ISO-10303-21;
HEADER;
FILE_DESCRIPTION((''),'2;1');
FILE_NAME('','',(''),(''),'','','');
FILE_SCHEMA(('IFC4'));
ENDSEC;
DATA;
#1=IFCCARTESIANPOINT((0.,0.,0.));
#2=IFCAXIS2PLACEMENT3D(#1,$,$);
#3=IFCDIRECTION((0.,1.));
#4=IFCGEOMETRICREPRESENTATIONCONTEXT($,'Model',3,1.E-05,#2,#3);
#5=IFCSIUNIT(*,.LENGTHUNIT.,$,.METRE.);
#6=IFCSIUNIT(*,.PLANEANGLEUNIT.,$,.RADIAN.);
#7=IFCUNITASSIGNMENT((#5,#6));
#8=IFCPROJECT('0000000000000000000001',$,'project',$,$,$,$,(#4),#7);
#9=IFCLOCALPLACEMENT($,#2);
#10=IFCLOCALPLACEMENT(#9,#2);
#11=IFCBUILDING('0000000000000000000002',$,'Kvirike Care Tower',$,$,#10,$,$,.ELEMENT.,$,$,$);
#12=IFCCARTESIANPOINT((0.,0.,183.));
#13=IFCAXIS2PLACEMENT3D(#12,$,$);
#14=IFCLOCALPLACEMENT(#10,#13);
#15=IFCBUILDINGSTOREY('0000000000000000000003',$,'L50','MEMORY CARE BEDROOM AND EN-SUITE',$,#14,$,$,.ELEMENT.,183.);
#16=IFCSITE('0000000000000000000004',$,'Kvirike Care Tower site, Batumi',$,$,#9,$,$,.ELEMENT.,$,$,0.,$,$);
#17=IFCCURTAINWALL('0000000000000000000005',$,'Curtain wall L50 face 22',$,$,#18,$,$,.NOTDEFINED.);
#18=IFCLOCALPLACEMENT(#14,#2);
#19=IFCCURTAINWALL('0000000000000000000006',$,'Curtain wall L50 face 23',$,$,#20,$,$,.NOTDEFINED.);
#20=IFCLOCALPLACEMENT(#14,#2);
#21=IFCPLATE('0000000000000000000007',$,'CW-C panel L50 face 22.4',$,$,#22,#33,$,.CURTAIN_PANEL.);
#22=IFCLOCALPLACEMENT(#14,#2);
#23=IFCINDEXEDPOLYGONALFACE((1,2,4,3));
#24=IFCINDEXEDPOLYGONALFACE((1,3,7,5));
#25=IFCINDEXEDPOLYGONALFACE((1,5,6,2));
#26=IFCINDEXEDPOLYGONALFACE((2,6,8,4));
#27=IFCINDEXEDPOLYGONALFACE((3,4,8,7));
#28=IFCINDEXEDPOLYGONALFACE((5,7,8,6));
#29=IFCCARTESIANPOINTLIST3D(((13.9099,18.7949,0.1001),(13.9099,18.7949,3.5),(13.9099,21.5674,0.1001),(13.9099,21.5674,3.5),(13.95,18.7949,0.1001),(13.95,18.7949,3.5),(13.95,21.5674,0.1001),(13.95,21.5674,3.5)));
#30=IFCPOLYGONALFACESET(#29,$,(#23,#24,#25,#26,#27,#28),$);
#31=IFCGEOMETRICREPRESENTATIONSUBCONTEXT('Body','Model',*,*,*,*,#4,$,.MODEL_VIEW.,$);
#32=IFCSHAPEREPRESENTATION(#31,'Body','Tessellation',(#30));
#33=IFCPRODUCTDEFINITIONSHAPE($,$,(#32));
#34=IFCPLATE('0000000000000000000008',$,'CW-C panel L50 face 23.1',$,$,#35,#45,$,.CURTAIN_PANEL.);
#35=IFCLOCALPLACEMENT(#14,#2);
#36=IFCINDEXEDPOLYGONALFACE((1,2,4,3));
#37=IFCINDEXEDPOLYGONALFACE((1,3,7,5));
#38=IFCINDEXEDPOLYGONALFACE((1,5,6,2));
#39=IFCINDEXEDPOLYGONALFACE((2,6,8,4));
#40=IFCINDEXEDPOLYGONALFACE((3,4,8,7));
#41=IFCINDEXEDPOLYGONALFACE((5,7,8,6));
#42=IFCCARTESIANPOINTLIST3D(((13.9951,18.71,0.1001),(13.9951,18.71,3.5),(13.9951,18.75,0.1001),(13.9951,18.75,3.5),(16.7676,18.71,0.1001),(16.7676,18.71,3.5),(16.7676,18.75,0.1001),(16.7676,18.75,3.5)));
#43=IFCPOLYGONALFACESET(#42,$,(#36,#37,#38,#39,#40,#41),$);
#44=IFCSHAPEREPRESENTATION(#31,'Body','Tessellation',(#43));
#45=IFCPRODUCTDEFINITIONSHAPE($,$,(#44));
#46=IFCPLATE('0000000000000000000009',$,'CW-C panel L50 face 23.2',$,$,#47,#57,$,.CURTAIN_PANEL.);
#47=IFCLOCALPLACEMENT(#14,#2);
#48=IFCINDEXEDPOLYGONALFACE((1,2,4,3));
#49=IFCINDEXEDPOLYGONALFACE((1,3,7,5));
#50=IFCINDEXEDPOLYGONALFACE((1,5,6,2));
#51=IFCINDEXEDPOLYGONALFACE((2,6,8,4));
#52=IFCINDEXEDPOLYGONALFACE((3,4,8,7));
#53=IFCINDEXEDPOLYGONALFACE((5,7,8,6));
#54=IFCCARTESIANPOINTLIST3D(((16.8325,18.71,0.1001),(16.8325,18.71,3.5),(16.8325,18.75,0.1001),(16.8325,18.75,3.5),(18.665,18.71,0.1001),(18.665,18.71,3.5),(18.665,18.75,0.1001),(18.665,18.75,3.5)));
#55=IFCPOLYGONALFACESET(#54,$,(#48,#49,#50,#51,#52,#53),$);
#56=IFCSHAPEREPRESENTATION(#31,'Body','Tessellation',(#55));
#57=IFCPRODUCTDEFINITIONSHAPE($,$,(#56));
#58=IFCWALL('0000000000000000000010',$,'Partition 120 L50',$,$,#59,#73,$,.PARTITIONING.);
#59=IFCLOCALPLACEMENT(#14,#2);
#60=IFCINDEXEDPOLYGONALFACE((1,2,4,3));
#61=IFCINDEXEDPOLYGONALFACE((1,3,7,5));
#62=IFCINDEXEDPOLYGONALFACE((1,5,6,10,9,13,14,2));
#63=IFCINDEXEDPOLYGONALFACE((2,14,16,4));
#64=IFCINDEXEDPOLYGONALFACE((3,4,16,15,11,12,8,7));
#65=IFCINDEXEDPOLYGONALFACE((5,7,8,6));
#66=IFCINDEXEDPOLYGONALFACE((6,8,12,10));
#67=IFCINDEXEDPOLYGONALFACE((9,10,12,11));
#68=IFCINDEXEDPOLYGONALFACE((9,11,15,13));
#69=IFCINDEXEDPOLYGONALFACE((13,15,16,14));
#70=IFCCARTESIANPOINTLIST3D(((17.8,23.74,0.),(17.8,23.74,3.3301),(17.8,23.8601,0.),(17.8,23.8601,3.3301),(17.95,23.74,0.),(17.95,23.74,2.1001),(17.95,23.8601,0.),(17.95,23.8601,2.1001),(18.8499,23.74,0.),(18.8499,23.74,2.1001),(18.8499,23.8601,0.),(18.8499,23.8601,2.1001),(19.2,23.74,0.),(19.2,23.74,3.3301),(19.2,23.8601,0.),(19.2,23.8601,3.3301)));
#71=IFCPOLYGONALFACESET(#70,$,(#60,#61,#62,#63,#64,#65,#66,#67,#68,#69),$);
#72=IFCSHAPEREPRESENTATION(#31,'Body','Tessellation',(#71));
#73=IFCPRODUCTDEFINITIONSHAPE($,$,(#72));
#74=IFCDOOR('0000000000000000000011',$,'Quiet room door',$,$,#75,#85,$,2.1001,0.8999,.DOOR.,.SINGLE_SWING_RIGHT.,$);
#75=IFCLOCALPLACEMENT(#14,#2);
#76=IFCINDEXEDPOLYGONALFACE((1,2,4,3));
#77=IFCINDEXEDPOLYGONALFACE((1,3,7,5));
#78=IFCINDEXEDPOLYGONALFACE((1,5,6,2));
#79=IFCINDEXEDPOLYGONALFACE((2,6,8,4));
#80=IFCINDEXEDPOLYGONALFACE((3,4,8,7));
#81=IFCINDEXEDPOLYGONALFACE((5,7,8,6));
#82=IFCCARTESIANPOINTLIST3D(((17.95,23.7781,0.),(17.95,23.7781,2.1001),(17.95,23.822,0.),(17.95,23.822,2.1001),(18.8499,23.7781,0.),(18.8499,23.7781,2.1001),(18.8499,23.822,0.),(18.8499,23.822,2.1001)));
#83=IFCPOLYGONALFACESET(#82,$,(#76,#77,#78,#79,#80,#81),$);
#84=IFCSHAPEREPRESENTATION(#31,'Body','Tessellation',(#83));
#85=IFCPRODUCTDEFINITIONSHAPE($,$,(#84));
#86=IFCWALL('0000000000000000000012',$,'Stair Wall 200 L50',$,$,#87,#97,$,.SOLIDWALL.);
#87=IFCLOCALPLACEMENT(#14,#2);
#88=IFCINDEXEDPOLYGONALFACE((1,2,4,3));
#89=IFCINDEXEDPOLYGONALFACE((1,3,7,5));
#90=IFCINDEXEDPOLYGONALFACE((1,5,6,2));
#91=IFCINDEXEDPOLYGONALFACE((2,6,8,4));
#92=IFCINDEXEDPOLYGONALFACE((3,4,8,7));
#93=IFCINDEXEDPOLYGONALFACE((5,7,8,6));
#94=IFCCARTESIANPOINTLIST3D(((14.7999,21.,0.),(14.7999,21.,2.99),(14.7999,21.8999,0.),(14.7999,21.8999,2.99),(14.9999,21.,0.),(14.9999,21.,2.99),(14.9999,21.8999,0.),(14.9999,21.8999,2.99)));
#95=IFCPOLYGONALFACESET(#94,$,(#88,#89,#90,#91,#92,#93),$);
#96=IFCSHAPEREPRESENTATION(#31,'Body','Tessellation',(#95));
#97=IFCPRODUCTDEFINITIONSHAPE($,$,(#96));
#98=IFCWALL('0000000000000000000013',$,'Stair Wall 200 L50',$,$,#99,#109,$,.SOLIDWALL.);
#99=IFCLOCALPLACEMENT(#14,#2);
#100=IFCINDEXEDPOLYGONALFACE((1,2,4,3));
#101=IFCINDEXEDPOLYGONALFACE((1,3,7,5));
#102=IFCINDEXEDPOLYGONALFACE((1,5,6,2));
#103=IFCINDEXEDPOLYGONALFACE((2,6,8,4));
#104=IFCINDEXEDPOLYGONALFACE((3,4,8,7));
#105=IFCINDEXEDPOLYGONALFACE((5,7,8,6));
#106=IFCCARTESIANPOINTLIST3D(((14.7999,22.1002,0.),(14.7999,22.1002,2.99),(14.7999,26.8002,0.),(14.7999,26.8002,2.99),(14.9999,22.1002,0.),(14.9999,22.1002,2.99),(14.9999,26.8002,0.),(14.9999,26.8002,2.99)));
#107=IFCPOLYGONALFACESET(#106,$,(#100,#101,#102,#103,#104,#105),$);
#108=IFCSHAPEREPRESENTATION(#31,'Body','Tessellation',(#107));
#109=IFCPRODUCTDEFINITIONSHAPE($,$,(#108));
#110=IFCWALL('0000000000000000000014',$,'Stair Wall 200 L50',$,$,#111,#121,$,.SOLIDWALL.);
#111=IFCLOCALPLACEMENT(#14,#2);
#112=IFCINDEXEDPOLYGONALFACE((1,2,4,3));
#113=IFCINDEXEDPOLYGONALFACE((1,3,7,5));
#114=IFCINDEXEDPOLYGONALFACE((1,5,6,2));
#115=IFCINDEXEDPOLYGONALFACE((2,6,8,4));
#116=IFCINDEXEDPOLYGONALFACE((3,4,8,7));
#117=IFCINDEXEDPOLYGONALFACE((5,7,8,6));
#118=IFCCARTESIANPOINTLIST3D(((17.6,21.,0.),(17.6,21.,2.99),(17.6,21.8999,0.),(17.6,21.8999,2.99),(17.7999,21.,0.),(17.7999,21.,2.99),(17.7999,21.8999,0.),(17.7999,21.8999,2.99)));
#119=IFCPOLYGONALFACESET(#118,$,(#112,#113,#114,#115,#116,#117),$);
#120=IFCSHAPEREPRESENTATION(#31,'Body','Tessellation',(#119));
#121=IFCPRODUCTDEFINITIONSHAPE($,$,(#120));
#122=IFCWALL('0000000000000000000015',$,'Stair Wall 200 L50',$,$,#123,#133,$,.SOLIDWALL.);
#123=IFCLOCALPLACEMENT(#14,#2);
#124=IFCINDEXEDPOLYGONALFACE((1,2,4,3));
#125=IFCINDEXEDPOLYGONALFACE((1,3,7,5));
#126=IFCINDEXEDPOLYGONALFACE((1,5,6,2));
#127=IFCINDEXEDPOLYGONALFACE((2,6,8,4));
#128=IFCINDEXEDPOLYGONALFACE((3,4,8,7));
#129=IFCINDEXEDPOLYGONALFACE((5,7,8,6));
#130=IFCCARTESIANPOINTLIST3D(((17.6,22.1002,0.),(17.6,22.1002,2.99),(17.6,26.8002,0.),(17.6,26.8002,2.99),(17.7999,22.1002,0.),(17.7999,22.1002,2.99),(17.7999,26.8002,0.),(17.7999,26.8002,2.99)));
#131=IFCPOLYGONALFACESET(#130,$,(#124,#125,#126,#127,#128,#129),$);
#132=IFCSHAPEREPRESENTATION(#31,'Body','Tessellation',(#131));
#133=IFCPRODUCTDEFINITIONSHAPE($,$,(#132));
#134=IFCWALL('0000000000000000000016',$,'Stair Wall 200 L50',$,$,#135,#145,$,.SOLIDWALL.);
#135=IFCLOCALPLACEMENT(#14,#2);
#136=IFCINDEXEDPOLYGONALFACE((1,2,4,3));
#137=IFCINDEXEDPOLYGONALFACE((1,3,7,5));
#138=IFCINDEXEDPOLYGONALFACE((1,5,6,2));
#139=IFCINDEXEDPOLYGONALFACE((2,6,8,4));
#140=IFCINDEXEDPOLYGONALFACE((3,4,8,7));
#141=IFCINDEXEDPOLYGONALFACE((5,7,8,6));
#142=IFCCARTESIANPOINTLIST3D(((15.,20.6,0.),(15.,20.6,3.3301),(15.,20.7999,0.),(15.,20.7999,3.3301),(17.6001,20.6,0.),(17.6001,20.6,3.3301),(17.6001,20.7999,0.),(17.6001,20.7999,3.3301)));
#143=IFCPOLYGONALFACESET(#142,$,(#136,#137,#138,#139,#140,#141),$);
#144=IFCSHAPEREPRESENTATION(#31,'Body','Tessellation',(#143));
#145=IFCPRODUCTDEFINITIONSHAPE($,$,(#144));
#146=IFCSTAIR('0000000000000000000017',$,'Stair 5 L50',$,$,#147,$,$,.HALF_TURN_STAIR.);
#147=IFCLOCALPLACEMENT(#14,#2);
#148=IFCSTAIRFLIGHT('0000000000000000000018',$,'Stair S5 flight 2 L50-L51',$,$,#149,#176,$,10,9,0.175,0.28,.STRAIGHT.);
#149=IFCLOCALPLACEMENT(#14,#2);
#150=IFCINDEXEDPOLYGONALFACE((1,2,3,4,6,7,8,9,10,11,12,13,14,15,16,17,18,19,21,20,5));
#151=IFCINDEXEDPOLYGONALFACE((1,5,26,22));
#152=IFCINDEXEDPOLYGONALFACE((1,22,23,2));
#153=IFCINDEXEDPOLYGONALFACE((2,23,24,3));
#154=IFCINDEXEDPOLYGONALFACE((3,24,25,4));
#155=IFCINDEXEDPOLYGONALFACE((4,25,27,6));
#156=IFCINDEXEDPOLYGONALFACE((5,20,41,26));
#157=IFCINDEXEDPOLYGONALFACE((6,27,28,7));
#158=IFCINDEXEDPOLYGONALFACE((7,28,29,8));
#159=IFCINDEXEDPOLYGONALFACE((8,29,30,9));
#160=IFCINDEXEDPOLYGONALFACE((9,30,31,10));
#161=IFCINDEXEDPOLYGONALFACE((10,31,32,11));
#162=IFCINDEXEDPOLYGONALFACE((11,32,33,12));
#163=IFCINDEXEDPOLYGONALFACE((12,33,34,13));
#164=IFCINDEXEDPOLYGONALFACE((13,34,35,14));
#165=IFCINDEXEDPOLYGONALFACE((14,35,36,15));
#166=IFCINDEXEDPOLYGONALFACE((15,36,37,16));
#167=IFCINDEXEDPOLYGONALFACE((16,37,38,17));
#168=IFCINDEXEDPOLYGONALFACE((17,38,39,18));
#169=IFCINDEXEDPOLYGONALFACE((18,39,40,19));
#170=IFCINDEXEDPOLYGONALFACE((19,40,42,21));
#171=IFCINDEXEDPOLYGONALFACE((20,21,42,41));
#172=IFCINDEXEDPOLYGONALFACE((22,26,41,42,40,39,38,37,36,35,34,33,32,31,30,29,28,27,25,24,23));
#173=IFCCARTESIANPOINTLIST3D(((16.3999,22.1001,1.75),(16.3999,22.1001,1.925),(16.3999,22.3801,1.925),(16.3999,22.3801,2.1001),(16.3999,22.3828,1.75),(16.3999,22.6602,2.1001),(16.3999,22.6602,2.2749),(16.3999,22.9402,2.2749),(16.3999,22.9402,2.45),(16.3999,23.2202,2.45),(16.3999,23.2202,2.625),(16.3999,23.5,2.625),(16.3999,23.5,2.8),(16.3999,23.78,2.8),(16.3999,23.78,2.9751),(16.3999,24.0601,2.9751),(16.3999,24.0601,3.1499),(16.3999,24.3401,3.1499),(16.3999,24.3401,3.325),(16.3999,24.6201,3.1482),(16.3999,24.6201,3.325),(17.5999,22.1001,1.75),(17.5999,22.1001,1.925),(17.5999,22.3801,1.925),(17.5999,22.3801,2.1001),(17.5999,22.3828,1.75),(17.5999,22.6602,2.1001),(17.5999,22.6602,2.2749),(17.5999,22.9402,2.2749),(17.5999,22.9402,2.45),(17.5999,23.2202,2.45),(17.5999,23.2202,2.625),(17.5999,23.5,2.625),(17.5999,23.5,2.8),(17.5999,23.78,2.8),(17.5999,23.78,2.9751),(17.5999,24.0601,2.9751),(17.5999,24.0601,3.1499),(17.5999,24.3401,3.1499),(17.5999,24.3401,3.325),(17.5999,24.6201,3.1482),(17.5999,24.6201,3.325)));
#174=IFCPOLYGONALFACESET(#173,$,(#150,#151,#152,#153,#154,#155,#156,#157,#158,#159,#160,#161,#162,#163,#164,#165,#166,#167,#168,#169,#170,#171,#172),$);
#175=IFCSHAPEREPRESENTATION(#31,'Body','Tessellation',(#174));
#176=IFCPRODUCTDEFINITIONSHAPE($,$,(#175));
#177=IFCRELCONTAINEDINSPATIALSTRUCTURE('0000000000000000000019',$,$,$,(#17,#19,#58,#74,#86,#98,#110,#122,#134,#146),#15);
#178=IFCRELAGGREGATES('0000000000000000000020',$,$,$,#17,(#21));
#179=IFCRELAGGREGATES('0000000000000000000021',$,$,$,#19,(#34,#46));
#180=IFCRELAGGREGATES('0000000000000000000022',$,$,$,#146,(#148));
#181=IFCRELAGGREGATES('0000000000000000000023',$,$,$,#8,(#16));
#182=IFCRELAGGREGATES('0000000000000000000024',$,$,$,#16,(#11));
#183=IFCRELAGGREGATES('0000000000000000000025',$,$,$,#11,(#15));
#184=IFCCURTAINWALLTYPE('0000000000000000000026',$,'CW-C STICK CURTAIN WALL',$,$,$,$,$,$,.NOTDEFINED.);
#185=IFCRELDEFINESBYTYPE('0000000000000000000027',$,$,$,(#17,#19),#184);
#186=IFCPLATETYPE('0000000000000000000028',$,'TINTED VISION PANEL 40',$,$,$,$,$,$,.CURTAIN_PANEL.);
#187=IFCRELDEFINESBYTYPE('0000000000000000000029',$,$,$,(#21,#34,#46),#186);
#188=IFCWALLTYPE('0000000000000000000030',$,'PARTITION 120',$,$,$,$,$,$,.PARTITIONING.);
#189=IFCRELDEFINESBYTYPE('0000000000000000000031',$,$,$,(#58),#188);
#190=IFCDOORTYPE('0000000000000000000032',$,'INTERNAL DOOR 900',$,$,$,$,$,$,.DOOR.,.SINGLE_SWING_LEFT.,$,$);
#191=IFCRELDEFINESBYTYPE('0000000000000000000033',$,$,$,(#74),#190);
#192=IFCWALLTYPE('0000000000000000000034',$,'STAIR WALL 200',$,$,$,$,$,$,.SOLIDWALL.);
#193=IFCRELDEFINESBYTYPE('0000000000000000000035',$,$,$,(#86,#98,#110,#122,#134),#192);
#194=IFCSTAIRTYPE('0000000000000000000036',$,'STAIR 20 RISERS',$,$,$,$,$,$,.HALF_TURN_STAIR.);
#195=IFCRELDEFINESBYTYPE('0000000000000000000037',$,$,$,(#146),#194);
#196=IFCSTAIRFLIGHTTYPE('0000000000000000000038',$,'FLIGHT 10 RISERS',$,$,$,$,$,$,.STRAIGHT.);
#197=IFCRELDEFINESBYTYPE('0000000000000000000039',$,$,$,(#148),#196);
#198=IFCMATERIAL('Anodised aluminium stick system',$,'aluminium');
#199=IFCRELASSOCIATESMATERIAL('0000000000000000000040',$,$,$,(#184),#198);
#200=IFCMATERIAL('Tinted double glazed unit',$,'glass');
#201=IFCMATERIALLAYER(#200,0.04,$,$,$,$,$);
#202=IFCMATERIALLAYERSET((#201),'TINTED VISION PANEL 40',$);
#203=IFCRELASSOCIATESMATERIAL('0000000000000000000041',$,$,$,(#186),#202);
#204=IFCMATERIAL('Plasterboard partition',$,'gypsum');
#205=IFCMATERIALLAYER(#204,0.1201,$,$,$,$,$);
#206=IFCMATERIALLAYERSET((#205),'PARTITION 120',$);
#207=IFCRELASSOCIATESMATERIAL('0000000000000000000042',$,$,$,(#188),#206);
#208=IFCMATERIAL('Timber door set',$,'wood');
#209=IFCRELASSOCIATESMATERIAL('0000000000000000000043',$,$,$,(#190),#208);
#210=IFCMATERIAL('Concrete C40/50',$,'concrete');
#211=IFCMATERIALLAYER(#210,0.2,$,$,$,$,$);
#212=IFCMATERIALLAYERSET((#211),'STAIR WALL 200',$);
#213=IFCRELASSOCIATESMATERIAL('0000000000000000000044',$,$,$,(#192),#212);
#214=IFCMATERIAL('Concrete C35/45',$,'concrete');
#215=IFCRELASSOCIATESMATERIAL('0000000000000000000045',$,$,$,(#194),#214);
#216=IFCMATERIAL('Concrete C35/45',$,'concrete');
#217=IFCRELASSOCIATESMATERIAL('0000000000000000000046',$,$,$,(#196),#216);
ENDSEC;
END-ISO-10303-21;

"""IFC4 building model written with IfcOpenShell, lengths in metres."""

from ifc_helpers import new_model, si_unit, direction, frame, frame_2d, origin, origin_2d, place, context, subcontext, project, spatial, polyline, rectangle, outline, extrude, material, layer, layer_set, type_object, element, fill, aggregate, save


model = new_model("IFC4")

# Units and contexts
model_context = context("Model", 3, precision=1e-05, world=origin(), true_north=direction((0.0, 1.0)))
body_context = subcontext(model_context, "Body", "Model", "MODEL_VIEW")
ifc_project = project(units=[si_unit("LENGTHUNIT", "METRE"), si_unit("PLANEANGLEUNIT", "RADIAN")], contexts=[model_context])

# Site, building, storey
site_placement = place(None, origin())
site = spatial("IfcSite", under=ifc_project, at=site_placement, Name="Kvirike Care Tower site, Batumi", CompositionType="ELEMENT", RefElevation=0.0)
building_placement = place(site_placement, origin())
building = spatial("IfcBuilding", under=site, at=building_placement, Name="Kvirike Care Tower", CompositionType="ELEMENT")
storey_placement = place(building_placement, frame((0.0, 0.0, 183.0)))
storey = spatial("IfcBuildingStorey", under=building, at=storey_placement, Name="L50", Description="MEMORY CARE BEDROOM AND EN-SUITE", CompositionType="ELEMENT", Elevation=183.0)

# Curtain walls
ifc_material_1 = material(Name="Anodised aluminium stick system", Category="aluminium")
curtain_wall_type = type_object("IfcCurtainWallType", Name="CW-C STICK CURTAIN WALL", PredefinedType="NOTDEFINED", material=ifc_material_1)
curtain_wall_1_placement = place(storey_placement, origin())
curtain_wall_1 = element("IfcCurtainWall", 1, at=curtain_wall_1_placement, inside=storey, type_object=curtain_wall_type, Name="Curtain wall L50 face 22", PredefinedType="NOTDEFINED")
curtain_wall_2_placement = place(storey_placement, origin())
curtain_wall_2 = element("IfcCurtainWall", 2, at=curtain_wall_2_placement, inside=storey, type_object=curtain_wall_type, Name="Curtain wall L50 face 23", PredefinedType="NOTDEFINED")

# Plates
ifc_material_2 = material(Name="Tinted double glazed unit", Category="glass")
ifc_layer_1 = layer(ifc_material_2, 0.04)
ifc_layer_set_1 = layer_set([ifc_layer_1], Name="TINTED VISION PANEL 40")
plate_type = type_object("IfcPlateType", Name="TINTED VISION PANEL 40", PredefinedType="CURTAIN_PANEL", material=ifc_layer_set_1)
plate_1_placement = place(storey_placement, frame((13.9299, 20.1812, 0.1001), z_axis=(0.0, 0.0, 1.0), x_axis=(0.0, -1.0, 0.0)))
plate_1 = element("IfcPlate", 3, at=plate_1_placement, type_object=plate_type, Name="CW-C panel L50 face 22.4", PredefinedType="CURTAIN_PANEL", context=body_context, shape_type="SweptSolid", body=[
    extrude(rectangle(XDim=2.7725, YDim=0.04, at=origin_2d()), origin(), (0.0, 0.0, 1.0), 3.3999),
])
aggregate(curtain_wall_1, [plate_1])
plate_2_placement = place(storey_placement, frame((15.3813, 18.73, 0.1001), z_axis=(0.0, 0.0, 1.0), x_axis=(1.0, 0.0, 0.0)))
plate_2 = element("IfcPlate", 4, at=plate_2_placement, type_object=plate_type, Name="CW-C panel L50 face 23.1", PredefinedType="CURTAIN_PANEL", context=body_context, shape_type="SweptSolid", body=[
    extrude(rectangle(XDim=2.7725, YDim=0.04, at=origin_2d()), origin(), (0.0, 0.0, 1.0), 3.3999),
])
plate_3_placement = place(storey_placement, frame((17.7488, 18.73, 0.1001), z_axis=(0.0, 0.0, 1.0), x_axis=(1.0, 0.0, 0.0)))
plate_3 = element("IfcPlate", 5, at=plate_3_placement, type_object=plate_type, Name="CW-C panel L50 face 23.2", PredefinedType="CURTAIN_PANEL", context=body_context, shape_type="SweptSolid", body=[
    extrude(rectangle(XDim=1.8325, YDim=0.04, at=origin_2d()), origin(), (0.0, 0.0, 1.0), 3.3999),
])
aggregate(curtain_wall_2, [plate_2, plate_3])

# Wall, opening, door
ifc_material_3 = material(Name="Plasterboard partition", Category="gypsum")
ifc_layer_2 = layer(ifc_material_3, 0.1201)
ifc_layer_set_2 = layer_set([ifc_layer_2], Name="PARTITION 120")
wall_type_1 = type_object("IfcWallType", Name="PARTITION 120", PredefinedType="PARTITIONING", material=ifc_layer_set_2)
wall_1_placement = place(storey_placement, frame((17.8, 23.8, 0.0), z_axis=(0.0, 0.0, 1.0), x_axis=(1.0, 0.0, 0.0)))
wall_1 = element("IfcWall", 6, at=wall_1_placement, inside=storey, type_object=wall_type_1, Name="Partition 120 L50", PredefinedType="PARTITIONING", context=body_context, shape_type="SweptSolid", body=[
    extrude(rectangle(XDim=1.3999, YDim=0.1201, at=frame_2d((0.7, 0.0))), origin(), (0.0, 0.0, 1.0), 3.3301),
])
opening_placement = place(wall_1_placement, frame((0.1499, 0.0, 0.0)))
opening = element("IfcOpeningElement", 7, at=opening_placement, cuts=wall_1, PredefinedType="OPENING", context=body_context, shape_type="SweptSolid", body=[
    extrude(rectangle(XDim=0.8999, YDim=2.1001, at=frame_2d((0.45, 1.05))), frame((0.0, 0.0706, 0.0), z_axis=(0.0, -1.0, 0.0), x_axis=(1.0, 0.0, 0.0)), (0.0, 0.0, 1.0), 0.1411),
])
ifc_material_4 = material(Name="Timber door set", Category="wood")
door_type = type_object("IfcDoorType", Name="INTERNAL DOOR 900", OperationType="SINGLE_SWING_LEFT", PredefinedType="DOOR", material=ifc_material_4)
door_placement = place(opening_placement, origin())
door = element("IfcDoor", 8, at=door_placement, inside=storey, type_object=door_type, Name="Quiet room door", OperationType="SINGLE_SWING_RIGHT", OverallHeight=2.1001, OverallWidth=0.8999, PredefinedType="DOOR", context=body_context, shape_type="SweptSolid", body=[
    extrude(rectangle(XDim=0.8999, YDim=2.1001, at=frame_2d((0.45, 1.05))), frame((0.0, 0.022, 0.0), z_axis=(0.0, -1.0, 0.0), x_axis=(1.0, 0.0, 0.0)), (0.0, 0.0, 1.0), 0.0439),
])
fill(opening, door)

# Walls
ifc_material_5 = material(Name="Concrete C40/50", Category="concrete")
ifc_layer_3 = layer(ifc_material_5, 0.2)
ifc_layer_set_3 = layer_set([ifc_layer_3], Name="STAIR WALL 200")
wall_type_2 = type_object("IfcWallType", Name="STAIR WALL 200", PredefinedType="SOLIDWALL", material=ifc_layer_set_3)
wall_2_placement = place(storey_placement, frame((14.8999, 21.0, 0.0), z_axis=(0.0, 0.0, 1.0), x_axis=(0.0, 1.0, 0.0)))
element("IfcWall", 9, at=wall_2_placement, inside=storey, type_object=wall_type_2, Name="Stair Wall 200 L50", PredefinedType="SOLIDWALL", context=body_context, shape_type="SweptSolid", body=[
    extrude(rectangle(XDim=0.8999, YDim=0.2, at=frame_2d((0.45, 0.0))), origin(), (0.0, 0.0, 1.0), 2.99),
])
wall_3_placement = place(storey_placement, frame((14.8999, 22.1001, 0.0), z_axis=(0.0, 0.0, 1.0), x_axis=(0.0, 1.0, 0.0)))
element("IfcWall", 10, at=wall_3_placement, inside=storey, type_object=wall_type_2, Name="Stair Wall 200 L50", PredefinedType="SOLIDWALL", context=body_context, shape_type="SweptSolid", body=[
    extrude(rectangle(XDim=4.7, YDim=0.2, at=frame_2d((2.3501, 0.0))), origin(), (0.0, 0.0, 1.0), 2.99),
])
wall_4_placement = place(storey_placement, frame((17.7, 21.0, 0.0), z_axis=(0.0, 0.0, 1.0), x_axis=(0.0, 1.0, 0.0)))
element("IfcWall", 11, at=wall_4_placement, inside=storey, type_object=wall_type_2, Name="Stair Wall 200 L50", PredefinedType="SOLIDWALL", context=body_context, shape_type="SweptSolid", body=[
    extrude(rectangle(XDim=0.8999, YDim=0.2, at=frame_2d((0.45, 0.0))), origin(), (0.0, 0.0, 1.0), 2.99),
])
wall_5_placement = place(storey_placement, frame((17.7, 22.1001, 0.0), z_axis=(0.0, 0.0, 1.0), x_axis=(0.0, 1.0, 0.0)))
element("IfcWall", 12, at=wall_5_placement, inside=storey, type_object=wall_type_2, Name="Stair Wall 200 L50", PredefinedType="SOLIDWALL", context=body_context, shape_type="SweptSolid", body=[
    extrude(rectangle(XDim=4.7, YDim=0.2, at=frame_2d((2.3501, 0.0))), origin(), (0.0, 0.0, 1.0), 2.99),
])
wall_6_placement = place(storey_placement, frame((15.0, 20.7, 0.0), z_axis=(0.0, 0.0, 1.0), x_axis=(1.0, 0.0, 0.0)))
element("IfcWall", 13, at=wall_6_placement, inside=storey, type_object=wall_type_2, Name="Stair Wall 200 L50", PredefinedType="SOLIDWALL", context=body_context, shape_type="SweptSolid", body=[
    extrude(rectangle(XDim=2.6001, YDim=0.2, at=frame_2d((1.3, 0.0))), origin(), (0.0, 0.0, 1.0), 3.3301),
])

# Stair, stair flight
ifc_material_6 = material(Name="Concrete C35/45", Category="concrete")
stair_type = type_object("IfcStairType", Name="STAIR 20 RISERS", PredefinedType="HALF_TURN_STAIR", material=ifc_material_6)
stair_placement = place(storey_placement, origin())
stair = element("IfcStair", 14, at=stair_placement, inside=storey, type_object=stair_type, Name="Stair 5 L50", PredefinedType="HALF_TURN_STAIR")
ifc_material_7 = material(Name="Concrete C35/45", Category="concrete")
stair_flight_type = type_object("IfcStairFlightType", Name="FLIGHT 10 RISERS", PredefinedType="STRAIGHT", material=ifc_material_7)
stair_flight_placement = place(storey_placement, frame((17.0, 22.1001, 1.75), z_axis=(0.0, 0.0, 1.0), x_axis=(0.0, 1.0, 0.0)))
stair_flight = element("IfcStairFlight", 15, at=stair_flight_placement, type_object=stair_flight_type, Name="Stair S5 flight 2 L50-L51", NumberOfRisers=10, NumberOfTreads=9, PredefinedType="STRAIGHT", RiserHeight=0.175, TreadLength=0.28, context=body_context, shape_type="SweptSolid", body=[
    extrude(outline(polyline([(0.0, 0.0), (0.0, 0.175), (0.28, 0.175), (0.28, 0.3501), (0.5601, 0.3501), (0.5601, 0.5249), (0.8401, 0.5249), (0.8401, 0.7), (1.1201, 0.7), (1.1201, 0.875), (1.3999, 0.875), (1.3999, 1.05), (1.6799, 1.05), (1.6799, 1.2251), (1.96, 1.2251), (1.96, 1.3999), (2.24, 1.3999), (2.24, 1.575), (2.52, 1.575), (2.52, 1.75), (2.52, 1.3982), (0.2827, 0.0), (0.0, 0.0)])), frame((0.0, 0.6001, 0.0), z_axis=(0.0, -1.0, 0.0), x_axis=(1.0, 0.0, 0.0)), (0.0, 0.0, 1.0), 1.2),
])
aggregate(stair, [stair_flight])

save(model, "model.ifc")
